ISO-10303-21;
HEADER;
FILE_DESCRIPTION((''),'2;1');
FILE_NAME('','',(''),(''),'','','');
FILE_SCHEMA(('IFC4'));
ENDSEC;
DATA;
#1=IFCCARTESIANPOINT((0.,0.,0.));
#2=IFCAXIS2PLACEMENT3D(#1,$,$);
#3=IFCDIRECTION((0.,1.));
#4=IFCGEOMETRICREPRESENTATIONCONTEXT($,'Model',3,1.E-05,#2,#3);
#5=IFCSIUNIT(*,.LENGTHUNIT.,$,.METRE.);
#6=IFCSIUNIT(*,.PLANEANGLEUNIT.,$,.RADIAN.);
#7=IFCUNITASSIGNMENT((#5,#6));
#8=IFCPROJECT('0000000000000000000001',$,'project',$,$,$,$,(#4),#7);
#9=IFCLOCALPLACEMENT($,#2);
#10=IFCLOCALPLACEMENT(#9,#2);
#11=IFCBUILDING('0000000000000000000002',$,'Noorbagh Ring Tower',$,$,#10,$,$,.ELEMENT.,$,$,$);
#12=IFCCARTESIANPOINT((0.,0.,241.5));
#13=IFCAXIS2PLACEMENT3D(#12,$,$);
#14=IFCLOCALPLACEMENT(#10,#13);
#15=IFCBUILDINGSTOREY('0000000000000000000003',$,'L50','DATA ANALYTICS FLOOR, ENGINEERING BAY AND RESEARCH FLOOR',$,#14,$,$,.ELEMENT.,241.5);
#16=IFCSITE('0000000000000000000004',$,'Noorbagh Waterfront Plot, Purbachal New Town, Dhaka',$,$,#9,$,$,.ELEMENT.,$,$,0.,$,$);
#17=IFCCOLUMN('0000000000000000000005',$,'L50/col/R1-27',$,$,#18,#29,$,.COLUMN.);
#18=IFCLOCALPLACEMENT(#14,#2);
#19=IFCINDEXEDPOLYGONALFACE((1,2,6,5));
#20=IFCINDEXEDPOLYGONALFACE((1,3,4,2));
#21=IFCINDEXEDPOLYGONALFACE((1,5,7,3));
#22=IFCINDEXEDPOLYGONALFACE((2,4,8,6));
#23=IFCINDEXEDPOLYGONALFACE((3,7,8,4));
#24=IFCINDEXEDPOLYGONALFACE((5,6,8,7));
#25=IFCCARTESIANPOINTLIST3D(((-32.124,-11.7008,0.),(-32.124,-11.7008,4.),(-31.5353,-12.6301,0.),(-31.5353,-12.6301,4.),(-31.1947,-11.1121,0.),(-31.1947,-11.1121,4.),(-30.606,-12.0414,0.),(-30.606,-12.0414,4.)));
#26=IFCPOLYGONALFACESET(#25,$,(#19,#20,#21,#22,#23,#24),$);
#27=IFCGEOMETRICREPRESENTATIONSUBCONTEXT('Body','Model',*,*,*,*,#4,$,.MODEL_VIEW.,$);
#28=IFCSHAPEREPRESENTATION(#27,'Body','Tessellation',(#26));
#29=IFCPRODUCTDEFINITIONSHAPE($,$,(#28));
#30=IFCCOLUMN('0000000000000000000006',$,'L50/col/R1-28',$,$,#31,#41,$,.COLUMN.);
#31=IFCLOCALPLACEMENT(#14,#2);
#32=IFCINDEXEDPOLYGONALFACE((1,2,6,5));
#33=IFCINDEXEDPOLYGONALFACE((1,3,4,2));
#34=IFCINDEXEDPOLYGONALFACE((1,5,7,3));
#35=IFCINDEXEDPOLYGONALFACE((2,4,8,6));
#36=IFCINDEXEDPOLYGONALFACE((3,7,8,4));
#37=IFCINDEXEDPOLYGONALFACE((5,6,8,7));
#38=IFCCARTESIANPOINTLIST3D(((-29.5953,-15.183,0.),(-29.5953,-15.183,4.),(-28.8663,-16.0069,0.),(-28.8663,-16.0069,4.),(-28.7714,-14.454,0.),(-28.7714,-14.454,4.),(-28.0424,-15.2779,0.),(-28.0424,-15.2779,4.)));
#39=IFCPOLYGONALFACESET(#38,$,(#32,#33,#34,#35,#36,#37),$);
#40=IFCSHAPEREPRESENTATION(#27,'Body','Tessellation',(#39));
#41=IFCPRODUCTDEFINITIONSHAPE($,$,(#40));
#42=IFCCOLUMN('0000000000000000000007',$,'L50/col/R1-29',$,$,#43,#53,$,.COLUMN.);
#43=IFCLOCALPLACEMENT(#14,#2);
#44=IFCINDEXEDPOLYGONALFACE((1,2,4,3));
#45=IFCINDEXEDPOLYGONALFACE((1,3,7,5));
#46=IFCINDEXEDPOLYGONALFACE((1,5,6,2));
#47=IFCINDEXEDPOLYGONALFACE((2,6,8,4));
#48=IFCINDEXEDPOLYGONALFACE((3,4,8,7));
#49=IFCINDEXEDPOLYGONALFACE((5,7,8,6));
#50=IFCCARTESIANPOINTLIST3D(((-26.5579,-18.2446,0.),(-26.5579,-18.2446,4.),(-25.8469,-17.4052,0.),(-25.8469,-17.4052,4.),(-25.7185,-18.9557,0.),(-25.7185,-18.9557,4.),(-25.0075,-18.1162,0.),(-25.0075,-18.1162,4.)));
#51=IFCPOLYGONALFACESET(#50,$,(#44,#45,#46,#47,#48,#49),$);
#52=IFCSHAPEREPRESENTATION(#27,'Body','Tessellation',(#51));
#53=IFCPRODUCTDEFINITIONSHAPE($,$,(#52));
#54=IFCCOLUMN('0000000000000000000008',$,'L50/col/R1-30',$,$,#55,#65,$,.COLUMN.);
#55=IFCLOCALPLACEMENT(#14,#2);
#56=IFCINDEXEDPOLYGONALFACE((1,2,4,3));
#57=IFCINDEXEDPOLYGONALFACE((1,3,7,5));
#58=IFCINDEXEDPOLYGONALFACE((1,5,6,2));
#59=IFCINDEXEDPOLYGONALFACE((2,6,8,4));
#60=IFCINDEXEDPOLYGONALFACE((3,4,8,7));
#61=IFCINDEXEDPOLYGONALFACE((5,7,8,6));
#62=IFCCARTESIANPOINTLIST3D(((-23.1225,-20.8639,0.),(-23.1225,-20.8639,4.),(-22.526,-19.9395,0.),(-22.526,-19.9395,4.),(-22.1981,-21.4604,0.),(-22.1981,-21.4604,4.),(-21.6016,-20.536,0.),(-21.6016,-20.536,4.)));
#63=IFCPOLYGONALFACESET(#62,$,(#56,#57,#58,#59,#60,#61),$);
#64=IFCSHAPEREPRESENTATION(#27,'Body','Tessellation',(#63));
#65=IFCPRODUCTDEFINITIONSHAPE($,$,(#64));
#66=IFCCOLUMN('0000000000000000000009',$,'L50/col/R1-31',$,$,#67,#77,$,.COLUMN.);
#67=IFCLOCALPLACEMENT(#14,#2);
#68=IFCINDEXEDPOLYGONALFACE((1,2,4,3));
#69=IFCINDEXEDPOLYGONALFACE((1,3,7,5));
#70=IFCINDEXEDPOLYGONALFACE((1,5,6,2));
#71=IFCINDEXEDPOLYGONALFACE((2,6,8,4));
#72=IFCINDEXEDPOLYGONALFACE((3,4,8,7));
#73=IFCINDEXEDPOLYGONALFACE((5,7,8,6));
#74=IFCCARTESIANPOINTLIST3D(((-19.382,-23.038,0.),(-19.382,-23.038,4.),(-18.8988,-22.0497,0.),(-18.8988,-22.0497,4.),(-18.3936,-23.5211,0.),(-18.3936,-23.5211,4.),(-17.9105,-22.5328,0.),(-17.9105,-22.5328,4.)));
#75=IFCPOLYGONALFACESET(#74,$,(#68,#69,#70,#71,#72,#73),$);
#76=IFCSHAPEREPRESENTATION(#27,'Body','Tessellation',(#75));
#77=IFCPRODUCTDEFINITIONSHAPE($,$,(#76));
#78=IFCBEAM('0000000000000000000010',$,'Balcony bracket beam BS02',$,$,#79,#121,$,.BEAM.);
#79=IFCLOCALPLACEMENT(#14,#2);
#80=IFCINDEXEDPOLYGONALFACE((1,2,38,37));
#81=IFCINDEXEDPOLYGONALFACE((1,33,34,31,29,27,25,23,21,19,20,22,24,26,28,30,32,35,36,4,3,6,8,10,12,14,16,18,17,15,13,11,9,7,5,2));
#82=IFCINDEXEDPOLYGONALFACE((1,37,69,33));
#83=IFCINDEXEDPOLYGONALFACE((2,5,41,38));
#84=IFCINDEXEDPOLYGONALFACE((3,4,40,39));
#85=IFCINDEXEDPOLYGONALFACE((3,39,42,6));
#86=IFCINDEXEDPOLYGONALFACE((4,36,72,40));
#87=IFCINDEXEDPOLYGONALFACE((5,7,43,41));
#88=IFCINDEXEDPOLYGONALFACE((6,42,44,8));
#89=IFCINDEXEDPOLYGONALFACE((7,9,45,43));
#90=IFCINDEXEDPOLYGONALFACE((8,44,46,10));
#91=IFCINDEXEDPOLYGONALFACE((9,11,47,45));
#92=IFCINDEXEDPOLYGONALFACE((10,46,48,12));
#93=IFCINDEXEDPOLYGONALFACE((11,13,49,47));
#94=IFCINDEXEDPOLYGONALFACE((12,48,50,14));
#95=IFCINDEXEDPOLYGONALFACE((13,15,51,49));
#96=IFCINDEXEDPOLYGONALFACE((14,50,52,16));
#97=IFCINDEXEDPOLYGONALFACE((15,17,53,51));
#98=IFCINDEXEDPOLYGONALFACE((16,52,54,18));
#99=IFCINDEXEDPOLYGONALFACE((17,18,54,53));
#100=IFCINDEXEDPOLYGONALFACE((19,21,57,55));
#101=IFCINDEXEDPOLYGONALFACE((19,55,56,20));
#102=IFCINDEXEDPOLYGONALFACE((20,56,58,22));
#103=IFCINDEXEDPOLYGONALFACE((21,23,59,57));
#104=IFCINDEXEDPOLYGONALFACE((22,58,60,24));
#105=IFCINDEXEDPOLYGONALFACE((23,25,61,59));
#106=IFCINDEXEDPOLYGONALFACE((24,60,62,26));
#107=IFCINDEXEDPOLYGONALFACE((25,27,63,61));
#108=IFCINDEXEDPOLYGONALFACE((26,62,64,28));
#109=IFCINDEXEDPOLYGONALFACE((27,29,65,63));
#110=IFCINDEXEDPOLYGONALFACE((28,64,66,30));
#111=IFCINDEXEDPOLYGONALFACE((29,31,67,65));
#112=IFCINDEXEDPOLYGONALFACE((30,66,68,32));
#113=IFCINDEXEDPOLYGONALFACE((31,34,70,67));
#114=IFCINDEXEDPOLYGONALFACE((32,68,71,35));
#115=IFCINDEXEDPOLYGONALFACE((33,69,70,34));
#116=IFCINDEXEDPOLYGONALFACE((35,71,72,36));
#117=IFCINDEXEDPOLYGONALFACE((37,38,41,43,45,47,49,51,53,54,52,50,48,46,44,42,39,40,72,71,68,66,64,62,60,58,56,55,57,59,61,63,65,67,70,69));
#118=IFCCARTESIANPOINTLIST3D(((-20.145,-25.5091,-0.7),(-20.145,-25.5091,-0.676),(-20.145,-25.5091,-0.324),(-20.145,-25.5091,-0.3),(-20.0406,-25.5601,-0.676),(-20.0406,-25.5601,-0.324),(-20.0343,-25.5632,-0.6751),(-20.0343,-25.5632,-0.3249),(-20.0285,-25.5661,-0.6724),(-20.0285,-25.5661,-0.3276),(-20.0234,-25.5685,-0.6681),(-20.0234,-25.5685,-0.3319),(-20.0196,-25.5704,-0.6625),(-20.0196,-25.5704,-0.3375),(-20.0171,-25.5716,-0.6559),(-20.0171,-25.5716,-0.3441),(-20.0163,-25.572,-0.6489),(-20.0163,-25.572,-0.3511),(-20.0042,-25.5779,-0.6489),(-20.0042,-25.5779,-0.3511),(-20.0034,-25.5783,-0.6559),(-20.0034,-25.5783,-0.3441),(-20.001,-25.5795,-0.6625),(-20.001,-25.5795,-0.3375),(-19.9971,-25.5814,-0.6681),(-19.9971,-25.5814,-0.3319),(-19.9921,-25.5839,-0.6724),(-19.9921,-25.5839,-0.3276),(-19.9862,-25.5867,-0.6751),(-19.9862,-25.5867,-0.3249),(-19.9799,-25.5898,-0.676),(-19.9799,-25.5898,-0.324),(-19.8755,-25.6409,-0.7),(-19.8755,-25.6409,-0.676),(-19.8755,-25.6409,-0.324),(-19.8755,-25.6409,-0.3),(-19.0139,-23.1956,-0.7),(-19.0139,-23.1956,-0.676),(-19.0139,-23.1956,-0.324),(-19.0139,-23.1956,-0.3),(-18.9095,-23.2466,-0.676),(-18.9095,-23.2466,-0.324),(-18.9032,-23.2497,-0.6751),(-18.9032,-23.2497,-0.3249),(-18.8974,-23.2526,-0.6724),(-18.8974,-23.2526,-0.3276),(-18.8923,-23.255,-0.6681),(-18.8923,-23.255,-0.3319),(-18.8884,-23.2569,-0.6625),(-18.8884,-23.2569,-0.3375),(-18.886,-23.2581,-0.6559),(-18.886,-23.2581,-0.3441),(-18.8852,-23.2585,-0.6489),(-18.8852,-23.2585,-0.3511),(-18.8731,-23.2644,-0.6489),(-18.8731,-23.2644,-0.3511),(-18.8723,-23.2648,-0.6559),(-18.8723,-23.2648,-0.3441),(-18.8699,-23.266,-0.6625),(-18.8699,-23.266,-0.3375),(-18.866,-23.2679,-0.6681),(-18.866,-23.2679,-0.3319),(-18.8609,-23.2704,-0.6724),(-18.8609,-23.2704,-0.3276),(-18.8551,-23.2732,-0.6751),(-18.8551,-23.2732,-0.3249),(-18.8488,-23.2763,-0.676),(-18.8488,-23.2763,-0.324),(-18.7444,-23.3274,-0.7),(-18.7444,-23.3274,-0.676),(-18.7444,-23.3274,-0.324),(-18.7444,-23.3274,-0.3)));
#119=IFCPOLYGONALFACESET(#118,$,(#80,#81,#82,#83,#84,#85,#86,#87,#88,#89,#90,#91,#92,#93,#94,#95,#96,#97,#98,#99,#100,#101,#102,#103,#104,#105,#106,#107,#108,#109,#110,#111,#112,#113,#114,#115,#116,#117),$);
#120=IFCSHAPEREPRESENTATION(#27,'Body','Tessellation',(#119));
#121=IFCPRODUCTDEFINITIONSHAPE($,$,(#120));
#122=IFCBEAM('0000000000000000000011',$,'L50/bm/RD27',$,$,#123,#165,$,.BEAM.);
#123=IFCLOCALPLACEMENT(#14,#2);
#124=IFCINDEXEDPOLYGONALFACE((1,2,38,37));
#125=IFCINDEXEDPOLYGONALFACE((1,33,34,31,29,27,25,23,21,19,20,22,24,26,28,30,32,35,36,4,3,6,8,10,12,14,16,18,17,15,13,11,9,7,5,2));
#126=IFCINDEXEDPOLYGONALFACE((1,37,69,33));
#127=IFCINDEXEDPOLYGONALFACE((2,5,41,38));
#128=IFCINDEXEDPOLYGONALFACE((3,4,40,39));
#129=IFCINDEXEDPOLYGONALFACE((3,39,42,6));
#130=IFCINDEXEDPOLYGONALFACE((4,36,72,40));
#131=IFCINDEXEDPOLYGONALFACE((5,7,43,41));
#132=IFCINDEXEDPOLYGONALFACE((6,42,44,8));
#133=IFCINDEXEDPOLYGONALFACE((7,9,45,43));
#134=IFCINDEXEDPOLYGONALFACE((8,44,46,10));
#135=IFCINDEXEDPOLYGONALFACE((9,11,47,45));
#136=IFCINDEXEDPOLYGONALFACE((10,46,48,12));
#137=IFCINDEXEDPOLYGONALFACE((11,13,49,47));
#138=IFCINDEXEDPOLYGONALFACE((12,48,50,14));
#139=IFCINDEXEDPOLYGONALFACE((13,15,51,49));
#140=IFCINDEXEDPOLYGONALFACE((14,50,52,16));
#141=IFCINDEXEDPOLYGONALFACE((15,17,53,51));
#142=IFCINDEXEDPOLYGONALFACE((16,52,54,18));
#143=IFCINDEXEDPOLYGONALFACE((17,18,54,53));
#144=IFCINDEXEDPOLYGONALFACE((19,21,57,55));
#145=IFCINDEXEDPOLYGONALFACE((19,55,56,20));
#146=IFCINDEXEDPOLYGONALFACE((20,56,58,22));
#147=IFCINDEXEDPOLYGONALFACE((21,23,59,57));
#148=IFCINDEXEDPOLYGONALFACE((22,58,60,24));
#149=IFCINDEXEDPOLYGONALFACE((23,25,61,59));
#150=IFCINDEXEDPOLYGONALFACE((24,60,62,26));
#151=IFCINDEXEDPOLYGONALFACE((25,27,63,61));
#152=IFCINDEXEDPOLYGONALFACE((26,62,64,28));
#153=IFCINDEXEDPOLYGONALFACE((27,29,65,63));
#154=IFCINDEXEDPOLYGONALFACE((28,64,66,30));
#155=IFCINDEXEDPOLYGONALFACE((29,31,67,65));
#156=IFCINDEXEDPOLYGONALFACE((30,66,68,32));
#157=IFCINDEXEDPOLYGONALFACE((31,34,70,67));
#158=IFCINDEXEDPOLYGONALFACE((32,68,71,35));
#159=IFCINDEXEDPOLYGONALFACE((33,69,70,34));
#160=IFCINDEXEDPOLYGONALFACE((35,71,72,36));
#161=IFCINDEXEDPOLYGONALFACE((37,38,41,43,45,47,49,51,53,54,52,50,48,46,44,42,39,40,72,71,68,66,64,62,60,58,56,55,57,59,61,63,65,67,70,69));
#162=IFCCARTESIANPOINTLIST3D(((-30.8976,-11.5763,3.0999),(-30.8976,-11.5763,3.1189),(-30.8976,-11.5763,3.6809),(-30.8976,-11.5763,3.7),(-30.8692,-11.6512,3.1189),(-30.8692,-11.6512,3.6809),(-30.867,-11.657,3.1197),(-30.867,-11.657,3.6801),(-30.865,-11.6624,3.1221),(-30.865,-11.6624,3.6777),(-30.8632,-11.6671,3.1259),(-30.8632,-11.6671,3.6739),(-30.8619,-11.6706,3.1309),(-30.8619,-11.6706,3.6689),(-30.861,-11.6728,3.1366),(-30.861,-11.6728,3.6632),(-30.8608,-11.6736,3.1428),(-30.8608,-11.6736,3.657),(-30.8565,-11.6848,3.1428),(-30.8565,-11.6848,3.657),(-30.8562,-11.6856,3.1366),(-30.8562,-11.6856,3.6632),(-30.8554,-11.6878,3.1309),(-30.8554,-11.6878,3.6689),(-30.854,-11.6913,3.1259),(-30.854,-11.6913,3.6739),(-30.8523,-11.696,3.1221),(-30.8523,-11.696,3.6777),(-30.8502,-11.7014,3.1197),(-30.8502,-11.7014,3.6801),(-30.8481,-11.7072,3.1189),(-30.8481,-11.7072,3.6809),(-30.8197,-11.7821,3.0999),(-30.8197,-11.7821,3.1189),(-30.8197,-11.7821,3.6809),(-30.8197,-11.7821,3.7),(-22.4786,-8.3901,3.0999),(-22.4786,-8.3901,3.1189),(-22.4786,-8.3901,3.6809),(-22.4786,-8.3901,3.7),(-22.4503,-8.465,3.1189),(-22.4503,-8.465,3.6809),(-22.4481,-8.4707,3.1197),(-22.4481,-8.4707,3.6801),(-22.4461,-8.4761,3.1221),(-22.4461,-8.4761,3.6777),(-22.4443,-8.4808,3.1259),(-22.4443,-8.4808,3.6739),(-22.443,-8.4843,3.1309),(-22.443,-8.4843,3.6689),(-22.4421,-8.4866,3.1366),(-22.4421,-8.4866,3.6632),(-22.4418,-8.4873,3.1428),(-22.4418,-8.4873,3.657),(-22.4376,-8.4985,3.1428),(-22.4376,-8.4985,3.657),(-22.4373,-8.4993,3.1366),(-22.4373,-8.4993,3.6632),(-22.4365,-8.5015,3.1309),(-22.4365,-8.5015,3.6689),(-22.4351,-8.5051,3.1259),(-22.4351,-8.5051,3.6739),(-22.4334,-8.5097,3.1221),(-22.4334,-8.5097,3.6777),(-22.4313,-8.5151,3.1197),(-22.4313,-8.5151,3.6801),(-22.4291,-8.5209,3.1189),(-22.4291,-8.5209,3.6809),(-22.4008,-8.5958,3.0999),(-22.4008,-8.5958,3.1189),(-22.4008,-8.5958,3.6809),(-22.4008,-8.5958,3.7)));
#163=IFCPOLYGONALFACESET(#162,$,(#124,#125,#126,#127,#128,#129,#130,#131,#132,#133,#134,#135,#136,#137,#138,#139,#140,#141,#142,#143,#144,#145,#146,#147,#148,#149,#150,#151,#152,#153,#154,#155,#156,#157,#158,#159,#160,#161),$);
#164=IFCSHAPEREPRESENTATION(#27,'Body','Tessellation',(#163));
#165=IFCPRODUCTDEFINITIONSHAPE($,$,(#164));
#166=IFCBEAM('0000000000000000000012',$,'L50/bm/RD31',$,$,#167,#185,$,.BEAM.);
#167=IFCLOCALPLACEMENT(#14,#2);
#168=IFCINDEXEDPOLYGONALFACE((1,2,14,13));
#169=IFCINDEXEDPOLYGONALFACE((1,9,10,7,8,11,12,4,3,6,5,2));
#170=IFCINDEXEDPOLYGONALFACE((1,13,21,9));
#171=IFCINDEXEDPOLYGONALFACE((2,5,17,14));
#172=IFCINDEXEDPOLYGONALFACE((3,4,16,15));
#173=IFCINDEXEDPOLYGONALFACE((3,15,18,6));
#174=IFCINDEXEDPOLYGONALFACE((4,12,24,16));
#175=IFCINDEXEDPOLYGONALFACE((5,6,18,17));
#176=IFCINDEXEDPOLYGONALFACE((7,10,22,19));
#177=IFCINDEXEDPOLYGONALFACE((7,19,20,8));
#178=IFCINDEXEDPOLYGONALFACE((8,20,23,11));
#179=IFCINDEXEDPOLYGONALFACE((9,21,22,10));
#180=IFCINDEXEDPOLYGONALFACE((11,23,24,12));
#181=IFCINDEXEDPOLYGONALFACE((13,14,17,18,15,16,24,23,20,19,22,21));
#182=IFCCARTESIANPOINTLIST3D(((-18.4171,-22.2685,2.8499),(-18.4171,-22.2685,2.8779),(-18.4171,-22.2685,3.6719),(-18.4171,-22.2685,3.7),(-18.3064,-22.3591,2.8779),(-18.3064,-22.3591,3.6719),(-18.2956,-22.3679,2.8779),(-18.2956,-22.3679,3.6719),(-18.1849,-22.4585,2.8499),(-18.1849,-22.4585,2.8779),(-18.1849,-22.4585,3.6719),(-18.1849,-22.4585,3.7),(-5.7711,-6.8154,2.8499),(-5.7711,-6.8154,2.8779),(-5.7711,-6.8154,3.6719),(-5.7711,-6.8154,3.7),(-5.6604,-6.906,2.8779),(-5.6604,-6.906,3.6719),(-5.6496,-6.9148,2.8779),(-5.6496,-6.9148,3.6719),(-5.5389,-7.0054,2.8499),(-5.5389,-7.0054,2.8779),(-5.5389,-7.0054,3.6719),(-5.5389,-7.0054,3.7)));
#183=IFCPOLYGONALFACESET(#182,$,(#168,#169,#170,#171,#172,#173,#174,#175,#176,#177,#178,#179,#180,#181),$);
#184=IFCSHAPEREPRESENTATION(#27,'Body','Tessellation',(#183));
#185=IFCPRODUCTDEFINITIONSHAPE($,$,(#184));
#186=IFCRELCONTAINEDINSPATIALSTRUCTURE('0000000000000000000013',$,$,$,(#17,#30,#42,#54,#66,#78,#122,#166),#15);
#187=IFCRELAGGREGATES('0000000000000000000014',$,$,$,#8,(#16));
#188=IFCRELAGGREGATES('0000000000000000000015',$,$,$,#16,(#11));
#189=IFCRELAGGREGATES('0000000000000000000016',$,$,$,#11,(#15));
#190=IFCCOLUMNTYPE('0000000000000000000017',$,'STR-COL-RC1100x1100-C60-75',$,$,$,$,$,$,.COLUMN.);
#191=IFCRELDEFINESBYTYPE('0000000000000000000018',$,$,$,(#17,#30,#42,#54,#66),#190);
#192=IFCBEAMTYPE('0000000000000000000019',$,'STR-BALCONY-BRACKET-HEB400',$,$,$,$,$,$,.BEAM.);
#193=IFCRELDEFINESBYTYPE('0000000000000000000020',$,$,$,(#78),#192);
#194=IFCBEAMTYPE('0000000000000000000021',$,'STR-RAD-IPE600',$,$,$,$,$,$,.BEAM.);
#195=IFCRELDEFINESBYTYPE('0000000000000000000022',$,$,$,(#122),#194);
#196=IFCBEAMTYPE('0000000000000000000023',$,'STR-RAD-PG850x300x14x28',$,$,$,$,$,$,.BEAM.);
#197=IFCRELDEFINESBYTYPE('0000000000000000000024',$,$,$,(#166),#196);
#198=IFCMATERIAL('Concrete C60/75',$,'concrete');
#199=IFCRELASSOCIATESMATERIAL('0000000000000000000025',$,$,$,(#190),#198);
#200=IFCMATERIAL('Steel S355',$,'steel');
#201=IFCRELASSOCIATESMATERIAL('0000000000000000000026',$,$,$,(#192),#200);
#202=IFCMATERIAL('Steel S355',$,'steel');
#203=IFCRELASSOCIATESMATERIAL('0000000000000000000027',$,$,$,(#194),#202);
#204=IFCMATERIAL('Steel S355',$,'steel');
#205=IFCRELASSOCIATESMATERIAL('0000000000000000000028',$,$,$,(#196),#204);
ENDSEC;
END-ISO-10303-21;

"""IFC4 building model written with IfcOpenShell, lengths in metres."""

from ifc_helpers import new_model, si_unit, direction, frame, origin, origin_2d, place, context, subcontext, project, spatial, rectangle, i_section, extrude, material, material_profile, profile_set, type_object, element, save


model = new_model("IFC4")

# Units and contexts
model_context = context("Model", 3, precision=1e-05, world=origin(), true_north=direction((0.0, 1.0)))
body_context = subcontext(model_context, "Body", "Model", "MODEL_VIEW")
ifc_project = project(units=[si_unit("LENGTHUNIT", "METRE"), si_unit("PLANEANGLEUNIT", "RADIAN")], contexts=[model_context])

# Site, building, storey
site_placement = place(None, origin())
site = spatial("IfcSite", under=ifc_project, at=site_placement, Name="Noorbagh Waterfront Plot, Purbachal New Town, Dhaka", CompositionType="ELEMENT", RefElevation=0.0)
building_placement = place(site_placement, origin())
building = spatial("IfcBuilding", under=site, at=building_placement, Name="Noorbagh Ring Tower", CompositionType="ELEMENT")
storey_placement = place(building_placement, frame((0.0, 0.0, 241.5)))
storey = spatial("IfcBuildingStorey", under=building, at=storey_placement, Name="L50", Description="DATA ANALYTICS FLOOR, ENGINEERING BAY AND RESEARCH FLOOR", CompositionType="ELEMENT", Elevation=241.5)

# Columns
ifc_material_1 = material(Name="Concrete C60/75", Category="concrete")
ifc_material_profile_1 = material_profile(ifc_material_1, rectangle(XDim=1.1001, YDim=1.1001, at=origin_2d()), Name="RC1100x1100")
ifc_profile_set_1 = profile_set([ifc_material_profile_1], Name="Concrete C60/75")
column_type = type_object("IfcColumnType", Name="STR-COL-RC1100x1100-C60-75", PredefinedType="COLUMN", material=ifc_profile_set_1)
for number, where, z_axis, x_axis, name in (
    (1, (-31.365, -11.8711, 0.0), (0.0, 0.0, 1.0), (0.53519, -0.844731, 0.0), "L50/col/R1-27"),
    (2, (-28.8188, -15.2305, 0.0), (0.0, 0.0, 1.0), (0.662636, -0.748942, 0.0), "L50/col/R1-28"),
    (3, (-25.7827, -18.1804, 0.0), (0.0, 0.0, 1.0), (0.763035, -0.646357, 0.0), "L50/col/R1-29"),
    (4, (-22.3621, -20.7, 0.0), (0.0, 0.0, 1.0), (0.840248, -0.542203, 0.0), "L50/col/R1-30"),
    (5, (-18.6462, -22.7854, 0.0), (0.0, 0.0, 1.0), (0.898399, -0.43918, 0.0), "L50/col/R1-31"),
):
    element("IfcColumn", number, at=place(storey_placement, frame(where, z_axis=z_axis, x_axis=x_axis)), inside=storey, type_object=column_type, Name=name, PredefinedType="COLUMN", context=body_context, shape_type="SweptSolid", body=[
        extrude(rectangle(XDim=1.1001, YDim=1.1001, at=origin_2d()), origin(), (0.0, 0.0, 1.0), 4.0),
    ])

# Beams
ifc_material_2 = material(Name="Steel S355", Category="steel")
ifc_material_profile_2 = material_profile(ifc_material_2, i_section(OverallWidth=0.3, OverallDepth=0.3999, WebThickness=0.0134, FlangeThickness=0.0239, FilletRadius=0.0271, at=origin_2d()), Name="HEB400")
ifc_profile_set_2 = profile_set([ifc_material_profile_2], Name="Steel S355")
beam_type_1 = type_object("IfcBeamType", Name="STR-BALCONY-BRACKET-HEB400", PredefinedType="BEAM", material=ifc_profile_set_2)
beam_1_placement = place(storey_placement, frame((-18.8792, -23.2615, -0.5), z_axis=(-0.439232, -0.898374, 0.0), x_axis=(0.898374, -0.439232, 0.0)))
element("IfcBeam", 6, at=beam_1_placement, inside=storey, type_object=beam_type_1, Name="Balcony bracket beam BS02", PredefinedType="BEAM", context=body_context, shape_type="SweptSolid", body=[
    extrude(i_section(OverallWidth=0.3, OverallDepth=0.3999, WebThickness=0.0134, FlangeThickness=0.0239, FilletRadius=0.0271, at=origin_2d()), origin(), (0.0, 0.0, 1.0), 2.5752),
])
ifc_material_3 = material(Name="Steel S355", Category="steel")
ifc_material_profile_3 = material_profile(ifc_material_3, i_section(OverallWidth=0.22, OverallDepth=0.6001, WebThickness=0.012, FlangeThickness=0.019, FilletRadius=0.0239, at=origin_2d()), Name="IPE600")
ifc_profile_set_3 = profile_set([ifc_material_profile_3], Name="Steel S355")
beam_type_2 = type_object("IfcBeamType", Name="STR-RAD-IPE600", PredefinedType="BEAM", material=ifc_profile_set_3)
beam_2_placement = place(storey_placement, frame((-30.8586, -11.6792, 3.3999), z_axis=(0.935259, 0.353963, 0.0), x_axis=(-0.353963, 0.935259, 0.0)))
element("IfcBeam", 7, at=beam_2_placement, inside=storey, type_object=beam_type_2, Name="L50/bm/RD27", PredefinedType="BEAM", context=body_context, shape_type="SweptSolid", body=[
    extrude(i_section(OverallWidth=0.22, OverallDepth=0.6001, WebThickness=0.012, FlangeThickness=0.019, FilletRadius=0.0239, at=origin_2d()), origin(), (0.0, 0.0, 1.0), 9.0017),
])
ifc_material_4 = material(Name="Steel S355", Category="steel")
ifc_material_profile_4 = material_profile(ifc_material_4, i_section(OverallWidth=0.3, OverallDepth=0.8501, WebThickness=0.0139, FlangeThickness=0.0281, at=origin_2d()), Name="PG850x300x14x28")
ifc_profile_set_4 = profile_set([ifc_material_profile_4], Name="Steel S355")
beam_type_3 = type_object("IfcBeamType", Name="STR-RAD-PG850x300x14x28", PredefinedType="BEAM", material=ifc_profile_set_4)
beam_3_placement = place(storey_placement, frame((-18.301, -22.3635, 3.2749), z_axis=(0.633314, 0.773895, 0.0), x_axis=(-0.773895, 0.633314, 0.0)))
element("IfcBeam", 8, at=beam_3_placement, inside=storey, type_object=beam_type_3, Name="L50/bm/RD31", PredefinedType="BEAM", context=body_context, shape_type="SweptSolid", body=[
    extrude(i_section(OverallWidth=0.3, OverallDepth=0.8501, WebThickness=0.0139, FlangeThickness=0.0281, at=origin_2d()), origin(), (0.0, 0.0, 1.0), 19.968),
])

save(model, "model.ifc")
